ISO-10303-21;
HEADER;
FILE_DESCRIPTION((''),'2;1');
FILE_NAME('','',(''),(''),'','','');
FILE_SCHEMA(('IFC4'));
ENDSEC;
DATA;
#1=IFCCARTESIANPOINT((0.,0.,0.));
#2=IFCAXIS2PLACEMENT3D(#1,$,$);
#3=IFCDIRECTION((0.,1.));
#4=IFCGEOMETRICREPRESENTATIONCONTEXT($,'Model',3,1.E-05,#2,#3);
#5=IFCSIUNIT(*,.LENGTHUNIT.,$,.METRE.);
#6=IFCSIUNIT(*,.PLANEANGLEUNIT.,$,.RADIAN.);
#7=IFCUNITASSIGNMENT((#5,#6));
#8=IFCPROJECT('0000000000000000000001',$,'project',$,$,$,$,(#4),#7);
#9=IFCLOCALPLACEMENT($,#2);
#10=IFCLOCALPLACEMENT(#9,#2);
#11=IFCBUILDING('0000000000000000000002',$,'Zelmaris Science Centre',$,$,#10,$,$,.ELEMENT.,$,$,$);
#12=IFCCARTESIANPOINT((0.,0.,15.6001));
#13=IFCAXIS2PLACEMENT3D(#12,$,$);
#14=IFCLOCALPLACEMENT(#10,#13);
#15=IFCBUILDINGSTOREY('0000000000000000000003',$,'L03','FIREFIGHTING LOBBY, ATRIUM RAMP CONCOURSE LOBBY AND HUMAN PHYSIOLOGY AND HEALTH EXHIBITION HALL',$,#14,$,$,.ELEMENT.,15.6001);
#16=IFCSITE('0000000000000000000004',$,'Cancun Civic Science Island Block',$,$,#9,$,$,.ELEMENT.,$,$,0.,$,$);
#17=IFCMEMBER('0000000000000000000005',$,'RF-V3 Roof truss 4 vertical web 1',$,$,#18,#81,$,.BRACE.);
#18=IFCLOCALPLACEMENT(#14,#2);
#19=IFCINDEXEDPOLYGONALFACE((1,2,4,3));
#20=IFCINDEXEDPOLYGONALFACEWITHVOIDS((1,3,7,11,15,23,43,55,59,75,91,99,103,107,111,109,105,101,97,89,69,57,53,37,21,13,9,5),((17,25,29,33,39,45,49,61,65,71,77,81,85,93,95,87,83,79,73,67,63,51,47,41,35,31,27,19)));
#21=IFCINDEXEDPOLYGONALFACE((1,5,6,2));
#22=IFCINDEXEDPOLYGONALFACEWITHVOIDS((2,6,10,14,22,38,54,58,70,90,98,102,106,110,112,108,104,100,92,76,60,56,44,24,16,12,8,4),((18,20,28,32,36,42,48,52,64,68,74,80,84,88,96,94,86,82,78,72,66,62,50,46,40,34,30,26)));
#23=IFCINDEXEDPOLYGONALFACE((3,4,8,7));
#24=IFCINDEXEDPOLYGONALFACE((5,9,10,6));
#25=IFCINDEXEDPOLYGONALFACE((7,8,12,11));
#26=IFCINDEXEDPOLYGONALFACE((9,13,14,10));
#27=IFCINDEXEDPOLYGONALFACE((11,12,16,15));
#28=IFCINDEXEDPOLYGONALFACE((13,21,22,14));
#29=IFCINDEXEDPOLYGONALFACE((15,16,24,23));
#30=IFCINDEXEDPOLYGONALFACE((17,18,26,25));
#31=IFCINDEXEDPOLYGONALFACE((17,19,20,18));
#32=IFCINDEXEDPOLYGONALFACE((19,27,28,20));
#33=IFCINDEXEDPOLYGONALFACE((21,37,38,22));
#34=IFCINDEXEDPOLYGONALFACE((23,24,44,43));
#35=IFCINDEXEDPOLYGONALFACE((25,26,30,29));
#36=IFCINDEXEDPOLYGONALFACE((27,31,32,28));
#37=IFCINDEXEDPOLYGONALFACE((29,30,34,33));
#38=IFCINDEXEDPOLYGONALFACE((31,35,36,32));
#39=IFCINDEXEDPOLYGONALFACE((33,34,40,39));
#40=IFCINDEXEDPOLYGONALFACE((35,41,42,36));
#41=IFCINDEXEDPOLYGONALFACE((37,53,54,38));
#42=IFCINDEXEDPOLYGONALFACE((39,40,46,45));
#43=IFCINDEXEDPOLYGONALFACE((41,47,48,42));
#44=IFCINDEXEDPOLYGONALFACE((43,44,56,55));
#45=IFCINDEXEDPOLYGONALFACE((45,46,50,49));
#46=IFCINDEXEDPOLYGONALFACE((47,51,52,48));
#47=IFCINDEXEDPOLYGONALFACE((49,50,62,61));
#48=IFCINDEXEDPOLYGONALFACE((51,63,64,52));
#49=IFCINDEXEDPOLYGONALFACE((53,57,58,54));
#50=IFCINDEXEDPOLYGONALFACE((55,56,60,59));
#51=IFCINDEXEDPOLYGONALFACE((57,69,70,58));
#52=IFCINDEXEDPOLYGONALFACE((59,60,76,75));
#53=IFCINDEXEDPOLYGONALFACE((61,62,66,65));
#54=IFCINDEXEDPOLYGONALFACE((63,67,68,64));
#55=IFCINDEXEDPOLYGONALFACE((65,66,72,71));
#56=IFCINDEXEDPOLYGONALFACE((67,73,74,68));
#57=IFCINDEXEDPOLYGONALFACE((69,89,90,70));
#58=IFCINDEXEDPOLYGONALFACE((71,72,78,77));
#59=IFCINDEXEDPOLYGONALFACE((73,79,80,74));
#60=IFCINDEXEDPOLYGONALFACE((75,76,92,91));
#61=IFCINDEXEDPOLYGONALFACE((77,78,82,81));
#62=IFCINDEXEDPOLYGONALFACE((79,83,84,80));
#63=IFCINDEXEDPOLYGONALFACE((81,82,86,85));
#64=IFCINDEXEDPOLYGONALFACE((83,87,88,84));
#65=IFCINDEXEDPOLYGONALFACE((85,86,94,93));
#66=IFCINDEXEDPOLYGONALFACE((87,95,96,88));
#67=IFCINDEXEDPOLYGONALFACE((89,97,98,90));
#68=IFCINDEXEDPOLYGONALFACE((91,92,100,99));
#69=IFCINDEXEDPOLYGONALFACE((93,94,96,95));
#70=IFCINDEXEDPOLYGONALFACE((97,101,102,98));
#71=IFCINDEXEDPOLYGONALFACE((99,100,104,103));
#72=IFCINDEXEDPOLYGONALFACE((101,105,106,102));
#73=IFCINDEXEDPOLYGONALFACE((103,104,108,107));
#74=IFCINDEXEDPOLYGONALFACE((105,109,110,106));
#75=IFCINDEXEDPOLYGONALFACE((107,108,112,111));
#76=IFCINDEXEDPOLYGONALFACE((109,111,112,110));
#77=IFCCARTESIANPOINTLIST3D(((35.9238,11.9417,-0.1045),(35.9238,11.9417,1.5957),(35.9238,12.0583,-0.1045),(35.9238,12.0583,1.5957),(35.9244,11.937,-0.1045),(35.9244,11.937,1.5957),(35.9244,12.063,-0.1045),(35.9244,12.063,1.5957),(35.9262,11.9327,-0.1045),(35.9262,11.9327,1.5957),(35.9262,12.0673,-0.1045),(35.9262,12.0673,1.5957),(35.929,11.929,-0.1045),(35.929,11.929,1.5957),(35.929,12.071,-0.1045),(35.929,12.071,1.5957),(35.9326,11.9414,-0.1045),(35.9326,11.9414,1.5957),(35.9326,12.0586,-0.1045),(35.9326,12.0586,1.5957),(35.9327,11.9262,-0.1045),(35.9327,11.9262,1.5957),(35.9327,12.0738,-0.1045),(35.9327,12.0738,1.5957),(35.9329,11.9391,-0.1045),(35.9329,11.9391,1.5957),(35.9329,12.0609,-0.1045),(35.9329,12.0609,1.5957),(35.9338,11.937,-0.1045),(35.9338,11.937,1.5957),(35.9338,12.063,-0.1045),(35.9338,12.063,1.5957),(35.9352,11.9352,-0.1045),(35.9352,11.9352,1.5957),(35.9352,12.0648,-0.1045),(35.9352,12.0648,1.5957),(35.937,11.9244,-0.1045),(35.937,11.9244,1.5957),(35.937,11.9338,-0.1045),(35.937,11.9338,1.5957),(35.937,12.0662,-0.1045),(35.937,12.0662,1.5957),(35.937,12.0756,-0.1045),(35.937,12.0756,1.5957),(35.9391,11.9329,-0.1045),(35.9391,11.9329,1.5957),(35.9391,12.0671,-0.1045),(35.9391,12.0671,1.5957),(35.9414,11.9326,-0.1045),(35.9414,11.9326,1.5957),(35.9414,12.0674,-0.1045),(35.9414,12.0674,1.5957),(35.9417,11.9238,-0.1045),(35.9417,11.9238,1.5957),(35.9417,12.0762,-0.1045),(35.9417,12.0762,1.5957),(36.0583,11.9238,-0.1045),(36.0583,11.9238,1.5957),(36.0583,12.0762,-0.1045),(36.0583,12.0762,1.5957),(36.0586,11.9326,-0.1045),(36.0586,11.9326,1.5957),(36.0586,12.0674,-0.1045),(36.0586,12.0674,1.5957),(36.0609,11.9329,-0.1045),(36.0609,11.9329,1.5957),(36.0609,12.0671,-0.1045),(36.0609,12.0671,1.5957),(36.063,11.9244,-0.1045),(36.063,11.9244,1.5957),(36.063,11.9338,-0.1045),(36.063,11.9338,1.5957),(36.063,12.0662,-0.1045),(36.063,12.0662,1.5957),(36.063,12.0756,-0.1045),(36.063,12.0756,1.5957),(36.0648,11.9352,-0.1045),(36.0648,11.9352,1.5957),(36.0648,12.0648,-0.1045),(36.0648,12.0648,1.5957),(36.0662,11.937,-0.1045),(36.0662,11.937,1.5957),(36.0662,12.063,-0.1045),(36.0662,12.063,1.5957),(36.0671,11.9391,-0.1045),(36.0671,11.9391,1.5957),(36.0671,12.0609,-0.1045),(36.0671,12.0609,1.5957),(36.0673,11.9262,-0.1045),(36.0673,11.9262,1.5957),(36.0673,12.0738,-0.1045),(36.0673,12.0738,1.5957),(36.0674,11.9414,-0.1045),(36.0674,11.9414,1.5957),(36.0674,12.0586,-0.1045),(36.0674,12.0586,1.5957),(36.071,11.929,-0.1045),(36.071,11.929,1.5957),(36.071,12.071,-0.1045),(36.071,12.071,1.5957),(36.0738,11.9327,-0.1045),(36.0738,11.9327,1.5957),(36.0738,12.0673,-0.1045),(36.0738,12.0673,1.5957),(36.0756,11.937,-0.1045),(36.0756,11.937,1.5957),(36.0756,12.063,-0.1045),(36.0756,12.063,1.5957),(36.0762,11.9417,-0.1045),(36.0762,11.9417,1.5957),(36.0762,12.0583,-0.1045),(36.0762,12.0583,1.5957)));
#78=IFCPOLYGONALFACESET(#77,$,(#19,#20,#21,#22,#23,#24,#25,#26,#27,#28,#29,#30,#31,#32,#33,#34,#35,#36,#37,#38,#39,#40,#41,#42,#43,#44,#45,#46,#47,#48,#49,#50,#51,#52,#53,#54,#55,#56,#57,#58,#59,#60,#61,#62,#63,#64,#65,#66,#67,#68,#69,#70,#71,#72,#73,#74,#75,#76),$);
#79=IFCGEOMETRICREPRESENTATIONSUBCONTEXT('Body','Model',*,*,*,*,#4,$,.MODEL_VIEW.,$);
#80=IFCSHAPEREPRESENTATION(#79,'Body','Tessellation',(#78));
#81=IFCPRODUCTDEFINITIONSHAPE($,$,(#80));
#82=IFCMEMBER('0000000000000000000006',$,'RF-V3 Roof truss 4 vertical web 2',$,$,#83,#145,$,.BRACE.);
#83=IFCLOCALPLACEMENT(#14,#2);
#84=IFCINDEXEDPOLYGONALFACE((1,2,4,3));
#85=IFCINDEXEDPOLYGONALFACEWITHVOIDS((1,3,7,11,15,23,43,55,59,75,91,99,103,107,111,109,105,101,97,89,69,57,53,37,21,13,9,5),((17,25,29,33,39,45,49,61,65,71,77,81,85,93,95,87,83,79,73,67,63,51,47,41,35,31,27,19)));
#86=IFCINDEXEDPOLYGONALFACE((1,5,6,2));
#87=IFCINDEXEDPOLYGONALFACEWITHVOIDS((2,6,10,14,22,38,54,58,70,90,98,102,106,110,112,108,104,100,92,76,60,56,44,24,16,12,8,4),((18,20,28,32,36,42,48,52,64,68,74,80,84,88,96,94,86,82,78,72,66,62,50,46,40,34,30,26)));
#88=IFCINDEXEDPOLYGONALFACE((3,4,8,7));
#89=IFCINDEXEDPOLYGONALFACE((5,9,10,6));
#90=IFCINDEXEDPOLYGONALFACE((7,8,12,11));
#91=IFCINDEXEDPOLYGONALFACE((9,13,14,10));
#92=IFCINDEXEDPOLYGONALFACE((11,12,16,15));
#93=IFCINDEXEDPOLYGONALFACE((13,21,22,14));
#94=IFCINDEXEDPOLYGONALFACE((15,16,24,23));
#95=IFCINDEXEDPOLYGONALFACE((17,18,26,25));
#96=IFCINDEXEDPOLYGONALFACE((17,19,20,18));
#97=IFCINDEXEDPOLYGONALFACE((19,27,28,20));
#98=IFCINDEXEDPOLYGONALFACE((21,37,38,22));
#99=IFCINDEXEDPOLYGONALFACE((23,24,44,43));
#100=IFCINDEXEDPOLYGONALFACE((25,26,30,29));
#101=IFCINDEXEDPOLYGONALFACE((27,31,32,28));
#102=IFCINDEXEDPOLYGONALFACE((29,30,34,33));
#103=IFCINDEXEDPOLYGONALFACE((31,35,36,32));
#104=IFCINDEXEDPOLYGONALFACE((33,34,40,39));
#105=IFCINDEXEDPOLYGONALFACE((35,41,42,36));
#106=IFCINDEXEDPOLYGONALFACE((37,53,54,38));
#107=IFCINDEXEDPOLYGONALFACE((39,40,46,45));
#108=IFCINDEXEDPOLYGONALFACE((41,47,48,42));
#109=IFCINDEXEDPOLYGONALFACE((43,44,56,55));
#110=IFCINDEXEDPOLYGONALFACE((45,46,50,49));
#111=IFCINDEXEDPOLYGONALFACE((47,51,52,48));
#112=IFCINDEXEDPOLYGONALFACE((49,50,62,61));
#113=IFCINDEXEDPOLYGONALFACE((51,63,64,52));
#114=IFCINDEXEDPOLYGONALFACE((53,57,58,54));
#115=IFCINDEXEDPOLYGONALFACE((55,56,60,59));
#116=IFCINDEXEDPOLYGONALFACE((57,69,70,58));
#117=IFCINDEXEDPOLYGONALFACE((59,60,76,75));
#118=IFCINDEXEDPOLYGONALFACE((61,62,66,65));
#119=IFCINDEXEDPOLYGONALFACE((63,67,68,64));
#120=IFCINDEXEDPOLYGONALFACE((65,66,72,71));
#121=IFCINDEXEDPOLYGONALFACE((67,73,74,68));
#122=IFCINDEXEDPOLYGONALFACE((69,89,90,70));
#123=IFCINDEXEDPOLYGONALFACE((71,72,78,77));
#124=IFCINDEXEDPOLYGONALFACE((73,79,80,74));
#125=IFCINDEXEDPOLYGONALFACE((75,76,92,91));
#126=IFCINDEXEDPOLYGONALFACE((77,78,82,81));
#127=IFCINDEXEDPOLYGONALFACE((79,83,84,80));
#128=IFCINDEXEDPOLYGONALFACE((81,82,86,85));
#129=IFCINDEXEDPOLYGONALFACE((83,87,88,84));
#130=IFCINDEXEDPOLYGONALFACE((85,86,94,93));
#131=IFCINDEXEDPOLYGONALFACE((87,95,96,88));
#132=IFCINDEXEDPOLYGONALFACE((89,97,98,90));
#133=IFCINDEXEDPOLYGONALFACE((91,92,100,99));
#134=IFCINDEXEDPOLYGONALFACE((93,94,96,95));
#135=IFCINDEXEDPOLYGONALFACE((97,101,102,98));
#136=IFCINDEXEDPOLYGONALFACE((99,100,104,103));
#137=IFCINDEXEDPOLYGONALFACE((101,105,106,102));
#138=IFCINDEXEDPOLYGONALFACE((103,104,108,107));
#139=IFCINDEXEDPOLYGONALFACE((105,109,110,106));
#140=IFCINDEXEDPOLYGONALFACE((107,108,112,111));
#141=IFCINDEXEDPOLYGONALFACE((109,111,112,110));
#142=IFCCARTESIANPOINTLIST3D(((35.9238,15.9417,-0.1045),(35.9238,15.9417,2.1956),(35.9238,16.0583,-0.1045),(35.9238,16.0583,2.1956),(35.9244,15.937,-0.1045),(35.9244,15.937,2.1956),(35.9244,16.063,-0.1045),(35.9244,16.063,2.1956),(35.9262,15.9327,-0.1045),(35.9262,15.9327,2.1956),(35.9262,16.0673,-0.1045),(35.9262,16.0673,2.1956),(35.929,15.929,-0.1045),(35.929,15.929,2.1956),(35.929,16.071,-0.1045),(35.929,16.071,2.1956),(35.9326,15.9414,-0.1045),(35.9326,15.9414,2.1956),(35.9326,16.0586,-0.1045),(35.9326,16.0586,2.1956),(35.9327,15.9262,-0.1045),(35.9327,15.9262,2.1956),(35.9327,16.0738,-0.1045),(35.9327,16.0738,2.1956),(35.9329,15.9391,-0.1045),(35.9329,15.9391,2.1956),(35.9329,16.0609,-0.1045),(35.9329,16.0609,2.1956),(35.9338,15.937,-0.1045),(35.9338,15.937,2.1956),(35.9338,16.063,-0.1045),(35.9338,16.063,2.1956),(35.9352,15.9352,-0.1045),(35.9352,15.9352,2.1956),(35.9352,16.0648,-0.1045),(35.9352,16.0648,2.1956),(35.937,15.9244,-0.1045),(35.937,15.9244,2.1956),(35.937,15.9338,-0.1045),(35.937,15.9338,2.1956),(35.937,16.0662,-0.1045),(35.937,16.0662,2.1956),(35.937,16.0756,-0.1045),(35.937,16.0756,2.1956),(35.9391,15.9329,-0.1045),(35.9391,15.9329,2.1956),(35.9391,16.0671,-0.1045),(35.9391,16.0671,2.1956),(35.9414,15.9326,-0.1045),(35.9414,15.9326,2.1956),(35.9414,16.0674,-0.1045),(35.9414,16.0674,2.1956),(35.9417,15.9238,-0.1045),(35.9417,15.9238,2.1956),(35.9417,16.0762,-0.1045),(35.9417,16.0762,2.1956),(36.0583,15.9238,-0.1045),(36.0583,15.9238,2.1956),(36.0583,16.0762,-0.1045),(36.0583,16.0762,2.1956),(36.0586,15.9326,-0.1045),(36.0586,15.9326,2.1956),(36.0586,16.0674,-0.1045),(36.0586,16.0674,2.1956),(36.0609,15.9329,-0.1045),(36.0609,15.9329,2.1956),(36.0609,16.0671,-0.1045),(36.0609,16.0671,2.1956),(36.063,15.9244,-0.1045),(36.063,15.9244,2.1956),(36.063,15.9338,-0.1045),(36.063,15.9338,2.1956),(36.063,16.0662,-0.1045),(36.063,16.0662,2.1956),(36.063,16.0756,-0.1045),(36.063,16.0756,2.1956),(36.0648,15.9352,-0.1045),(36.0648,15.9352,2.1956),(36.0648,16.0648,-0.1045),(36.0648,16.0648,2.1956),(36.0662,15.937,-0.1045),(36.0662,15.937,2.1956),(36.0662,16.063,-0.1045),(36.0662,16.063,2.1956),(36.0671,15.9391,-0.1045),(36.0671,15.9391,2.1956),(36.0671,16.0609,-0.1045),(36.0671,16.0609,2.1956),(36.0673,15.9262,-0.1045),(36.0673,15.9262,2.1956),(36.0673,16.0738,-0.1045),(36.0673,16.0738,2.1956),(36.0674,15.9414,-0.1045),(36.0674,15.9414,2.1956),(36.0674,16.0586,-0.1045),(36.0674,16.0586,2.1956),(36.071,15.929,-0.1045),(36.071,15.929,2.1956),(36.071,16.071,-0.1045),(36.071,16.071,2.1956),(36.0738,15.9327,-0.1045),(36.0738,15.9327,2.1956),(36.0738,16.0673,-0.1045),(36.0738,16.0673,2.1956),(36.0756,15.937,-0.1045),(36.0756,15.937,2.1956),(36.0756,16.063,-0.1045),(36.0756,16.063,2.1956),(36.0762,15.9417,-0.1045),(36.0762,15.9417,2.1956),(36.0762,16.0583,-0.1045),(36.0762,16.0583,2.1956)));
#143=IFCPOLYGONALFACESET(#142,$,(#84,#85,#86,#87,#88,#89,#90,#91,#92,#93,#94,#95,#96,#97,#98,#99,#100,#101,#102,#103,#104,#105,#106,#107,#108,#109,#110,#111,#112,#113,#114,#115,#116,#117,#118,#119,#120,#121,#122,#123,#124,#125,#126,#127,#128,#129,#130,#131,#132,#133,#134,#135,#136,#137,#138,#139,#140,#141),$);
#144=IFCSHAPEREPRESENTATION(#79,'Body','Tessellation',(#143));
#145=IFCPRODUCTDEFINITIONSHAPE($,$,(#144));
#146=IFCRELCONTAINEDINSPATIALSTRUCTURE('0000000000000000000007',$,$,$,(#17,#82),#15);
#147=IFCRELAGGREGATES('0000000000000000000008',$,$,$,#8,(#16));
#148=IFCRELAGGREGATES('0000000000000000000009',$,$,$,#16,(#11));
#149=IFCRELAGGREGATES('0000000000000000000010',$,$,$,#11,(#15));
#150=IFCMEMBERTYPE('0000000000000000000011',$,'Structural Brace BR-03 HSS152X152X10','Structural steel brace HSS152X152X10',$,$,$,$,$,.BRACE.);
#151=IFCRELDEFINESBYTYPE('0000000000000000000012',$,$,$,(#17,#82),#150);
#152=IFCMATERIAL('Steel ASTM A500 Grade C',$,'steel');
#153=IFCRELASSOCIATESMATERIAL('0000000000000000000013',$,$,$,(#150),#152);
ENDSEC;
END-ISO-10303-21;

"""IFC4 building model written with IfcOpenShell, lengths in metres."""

from ifc_helpers import new_model, si_unit, direction, frame, origin, origin_2d, place, context, subcontext, project, spatial, hollow_rectangle, extrude, material, material_profile, profile_set, type_object, element, save


model = new_model("IFC4")

# Units and contexts
model_context = context("Model", 3, precision=1e-05, world=origin(), true_north=direction((0.0, 1.0)))
body_context = subcontext(model_context, "Body", "Model", "MODEL_VIEW")
ifc_project = project(units=[si_unit("LENGTHUNIT", "METRE"), si_unit("PLANEANGLEUNIT", "RADIAN")], contexts=[model_context])

# Site, building, storey
site_placement = place(None, origin())
site = spatial("IfcSite", under=ifc_project, at=site_placement, Name="Cancun Civic Science Island Block", CompositionType="ELEMENT", RefElevation=0.0)
building_placement = place(site_placement, origin())
building = spatial("IfcBuilding", under=site, at=building_placement, Name="Zelmaris Science Centre", CompositionType="ELEMENT")
storey_placement = place(building_placement, frame((0.0, 0.0, 15.6001)))
storey = spatial("IfcBuildingStorey", under=building, at=storey_placement, Name="L03", Description="FIREFIGHTING LOBBY, ATRIUM RAMP CONCOURSE LOBBY AND HUMAN PHYSIOLOGY AND HEALTH EXHIBITION HALL", CompositionType="ELEMENT", Elevation=15.6001)

# Shared definitions
ifc_material = material(Name="Steel ASTM A500 Grade C", Category="steel")

# Members
ifc_material_profile_1 = material_profile(ifc_material, hollow_rectangle(XDim=0.1523, YDim=0.1523, WallThickness=0.0088, InnerFilletRadius=0.0088, OuterFilletRadius=0.0178, at=origin_2d()), Name="HSS152X152X10")
ifc_profile_set_1 = profile_set([ifc_material_profile_1], Name="Steel ASTM A500 Grade C")
member_type_1 = type_object("IfcMemberType", Name="Structural Brace BR-03 HSS152X152X10", Description="Structural steel brace HSS152X152X10", PredefinedType="BRACE", material=ifc_profile_set_1)
member_1_placement = place(storey_placement, frame((36.0, 12.0, -0.1045), z_axis=(0.0, 0.0, 1.0), x_axis=(1.0, 0.0, 0.0)))
element("IfcMember", 1, at=member_1_placement, inside=storey, type_object=member_type_1, Name="RF-V3 Roof truss 4 vertical web 1", PredefinedType="BRACE", context=body_context, shape_type="SweptSolid", body=[
    extrude(hollow_rectangle(XDim=0.1523, YDim=0.1523, WallThickness=0.0088, InnerFilletRadius=0.0088, OuterFilletRadius=0.0178, at=origin_2d()), origin(), (0.0, 0.0, 1.0), 1.7002),
])
member_2_placement = place(storey_placement, frame((36.0, 16.0, -0.1045), z_axis=(0.0, 0.0, 1.0), x_axis=(1.0, 0.0, 0.0)))
element("IfcMember", 2, at=member_2_placement, inside=storey, type_object=member_type_1, Name="RF-V3 Roof truss 4 vertical web 2", PredefinedType="BRACE", context=body_context, shape_type="SweptSolid", body=[
    extrude(hollow_rectangle(XDim=0.1523, YDim=0.1523, WallThickness=0.0088, InnerFilletRadius=0.0088, OuterFilletRadius=0.0178, at=origin_2d()), origin(), (0.0, 0.0, 1.0), 2.3),
])

save(model, "model.ifc")
